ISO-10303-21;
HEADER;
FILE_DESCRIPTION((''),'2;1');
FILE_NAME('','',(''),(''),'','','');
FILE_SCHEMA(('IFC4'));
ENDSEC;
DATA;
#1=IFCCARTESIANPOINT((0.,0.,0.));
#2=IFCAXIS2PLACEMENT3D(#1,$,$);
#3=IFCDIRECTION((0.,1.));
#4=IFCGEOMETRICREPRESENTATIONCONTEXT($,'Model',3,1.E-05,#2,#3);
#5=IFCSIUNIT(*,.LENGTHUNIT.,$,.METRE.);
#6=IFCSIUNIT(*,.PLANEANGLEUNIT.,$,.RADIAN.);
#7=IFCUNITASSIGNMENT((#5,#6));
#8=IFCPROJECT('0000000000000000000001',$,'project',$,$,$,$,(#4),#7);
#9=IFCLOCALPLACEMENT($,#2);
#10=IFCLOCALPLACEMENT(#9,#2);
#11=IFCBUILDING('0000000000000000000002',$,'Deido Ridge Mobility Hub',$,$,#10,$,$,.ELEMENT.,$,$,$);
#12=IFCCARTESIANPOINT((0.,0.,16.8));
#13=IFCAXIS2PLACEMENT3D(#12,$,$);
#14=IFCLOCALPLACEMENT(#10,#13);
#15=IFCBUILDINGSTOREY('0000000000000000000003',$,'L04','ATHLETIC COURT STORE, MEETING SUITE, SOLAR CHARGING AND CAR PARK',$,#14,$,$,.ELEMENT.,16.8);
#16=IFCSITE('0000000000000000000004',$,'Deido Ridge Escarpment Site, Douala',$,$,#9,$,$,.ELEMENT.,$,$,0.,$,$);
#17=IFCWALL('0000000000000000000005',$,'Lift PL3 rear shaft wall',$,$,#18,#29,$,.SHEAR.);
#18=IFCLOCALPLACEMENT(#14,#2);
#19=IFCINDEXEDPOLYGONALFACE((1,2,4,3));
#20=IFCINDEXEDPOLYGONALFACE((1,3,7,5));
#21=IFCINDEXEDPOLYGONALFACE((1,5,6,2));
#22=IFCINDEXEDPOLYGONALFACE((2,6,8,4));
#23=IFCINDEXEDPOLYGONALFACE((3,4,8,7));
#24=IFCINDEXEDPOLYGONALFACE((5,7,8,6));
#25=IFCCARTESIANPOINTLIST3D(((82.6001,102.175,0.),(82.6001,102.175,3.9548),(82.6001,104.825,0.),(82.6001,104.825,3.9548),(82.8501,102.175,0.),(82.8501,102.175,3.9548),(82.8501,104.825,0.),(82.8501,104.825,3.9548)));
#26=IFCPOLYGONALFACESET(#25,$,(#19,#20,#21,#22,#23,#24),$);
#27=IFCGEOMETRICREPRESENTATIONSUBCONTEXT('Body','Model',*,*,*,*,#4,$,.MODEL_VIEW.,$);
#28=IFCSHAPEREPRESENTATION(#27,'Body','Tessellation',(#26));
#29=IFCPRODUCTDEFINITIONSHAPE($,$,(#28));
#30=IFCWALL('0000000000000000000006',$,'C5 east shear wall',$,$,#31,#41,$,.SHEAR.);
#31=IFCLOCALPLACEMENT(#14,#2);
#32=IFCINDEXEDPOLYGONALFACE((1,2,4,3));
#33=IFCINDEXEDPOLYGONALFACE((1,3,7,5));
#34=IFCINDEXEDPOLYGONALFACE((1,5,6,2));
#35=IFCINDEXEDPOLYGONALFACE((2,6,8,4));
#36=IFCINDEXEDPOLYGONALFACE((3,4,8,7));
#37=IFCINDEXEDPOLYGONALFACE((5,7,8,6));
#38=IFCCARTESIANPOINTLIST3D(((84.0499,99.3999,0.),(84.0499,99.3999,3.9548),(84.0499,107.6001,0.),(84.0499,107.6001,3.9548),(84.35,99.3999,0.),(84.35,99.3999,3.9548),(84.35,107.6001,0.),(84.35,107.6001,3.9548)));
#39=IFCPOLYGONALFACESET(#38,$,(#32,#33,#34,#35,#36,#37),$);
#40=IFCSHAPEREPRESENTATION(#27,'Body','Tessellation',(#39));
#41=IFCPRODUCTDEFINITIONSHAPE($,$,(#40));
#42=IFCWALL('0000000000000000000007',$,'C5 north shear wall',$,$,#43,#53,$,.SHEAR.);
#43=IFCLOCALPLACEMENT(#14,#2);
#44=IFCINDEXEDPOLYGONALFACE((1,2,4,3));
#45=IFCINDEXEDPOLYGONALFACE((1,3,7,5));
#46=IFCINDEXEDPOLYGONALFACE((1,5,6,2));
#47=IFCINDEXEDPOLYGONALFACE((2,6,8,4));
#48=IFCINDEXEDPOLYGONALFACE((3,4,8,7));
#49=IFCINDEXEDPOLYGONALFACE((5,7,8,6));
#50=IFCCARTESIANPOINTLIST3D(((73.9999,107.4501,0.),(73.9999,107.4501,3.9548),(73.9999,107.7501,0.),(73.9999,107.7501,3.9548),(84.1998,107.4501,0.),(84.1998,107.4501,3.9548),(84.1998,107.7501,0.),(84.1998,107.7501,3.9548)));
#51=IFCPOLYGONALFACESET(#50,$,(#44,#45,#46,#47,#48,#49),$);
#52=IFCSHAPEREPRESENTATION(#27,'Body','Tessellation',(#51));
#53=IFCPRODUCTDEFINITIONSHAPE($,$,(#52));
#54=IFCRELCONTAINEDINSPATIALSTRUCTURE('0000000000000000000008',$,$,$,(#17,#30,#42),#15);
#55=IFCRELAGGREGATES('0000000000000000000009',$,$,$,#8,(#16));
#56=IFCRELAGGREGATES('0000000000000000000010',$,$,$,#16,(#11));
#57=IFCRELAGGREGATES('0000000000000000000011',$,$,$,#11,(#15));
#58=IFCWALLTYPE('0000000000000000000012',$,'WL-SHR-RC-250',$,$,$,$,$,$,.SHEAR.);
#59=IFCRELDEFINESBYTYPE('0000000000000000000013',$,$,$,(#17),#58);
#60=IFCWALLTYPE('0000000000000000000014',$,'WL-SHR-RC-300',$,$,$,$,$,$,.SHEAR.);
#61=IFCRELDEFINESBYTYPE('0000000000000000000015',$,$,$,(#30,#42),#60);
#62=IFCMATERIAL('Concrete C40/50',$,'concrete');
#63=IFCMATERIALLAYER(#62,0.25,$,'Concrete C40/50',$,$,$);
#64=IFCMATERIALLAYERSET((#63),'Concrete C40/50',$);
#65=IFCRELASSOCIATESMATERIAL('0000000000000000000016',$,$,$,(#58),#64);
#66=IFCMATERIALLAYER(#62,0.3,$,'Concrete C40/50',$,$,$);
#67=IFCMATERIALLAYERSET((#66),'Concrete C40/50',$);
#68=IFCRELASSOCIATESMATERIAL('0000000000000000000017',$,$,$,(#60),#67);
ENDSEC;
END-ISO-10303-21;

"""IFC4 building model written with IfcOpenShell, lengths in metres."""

from ifc_helpers import new_model, si_unit, direction, frame, frame_2d, origin, place, context, subcontext, project, spatial, rectangle, extrude, material, layer, layer_set, type_object, element, save


model = new_model("IFC4")

# Units and contexts
model_context = context("Model", 3, precision=1e-05, world=origin(), true_north=direction((0.0, 1.0)))
body_context = subcontext(model_context, "Body", "Model", "MODEL_VIEW")
ifc_project = project(units=[si_unit("LENGTHUNIT", "METRE"), si_unit("PLANEANGLEUNIT", "RADIAN")], contexts=[model_context])

# Site, building, storey
site_placement = place(None, origin())
site = spatial("IfcSite", under=ifc_project, at=site_placement, Name="Deido Ridge Escarpment Site, Douala", CompositionType="ELEMENT", RefElevation=0.0)
building_placement = place(site_placement, origin())
building = spatial("IfcBuilding", under=site, at=building_placement, Name="Deido Ridge Mobility Hub", CompositionType="ELEMENT")
storey_placement = place(building_placement, frame((0.0, 0.0, 16.8)))
storey = spatial("IfcBuildingStorey", under=building, at=storey_placement, Name="L04", Description="ATHLETIC COURT STORE, MEETING SUITE, SOLAR CHARGING AND CAR PARK", CompositionType="ELEMENT", Elevation=16.8)

# Shared definitions
ifc_material_1 = material(Name="Concrete C40/50", Category="concrete")
ifc_layer_1 = layer(ifc_material_1, 0.25, Name="Concrete C40/50")
ifc_layer_set_1 = layer_set([ifc_layer_1], Name="Concrete C40/50")
wall_type_1 = type_object("IfcWallType", Name="WL-SHR-RC-250", PredefinedType="SHEAR", material=ifc_layer_set_1)

# Wall
wall_1_placement = place(storey_placement, frame((82.7251, 102.175, 0.0), z_axis=(0.0, 0.0, 1.0), x_axis=(0.0, 1.0, 0.0)))
element("IfcWall", 1, at=wall_1_placement, inside=storey, type_object=wall_type_1, Name="Lift PL3 rear shaft wall", PredefinedType="SHEAR", context=body_context, shape_type="SweptSolid", body=[
    extrude(rectangle(XDim=2.6499, YDim=0.25, at=frame_2d((1.325, 0.0))), origin(), (0.0, 0.0, 1.0), 3.9548),
])

# Walls
ifc_layer_2 = layer(ifc_material_1, 0.3, Name="Concrete C40/50")
ifc_layer_set_2 = layer_set([ifc_layer_2], Name="Concrete C40/50")
wall_type_2 = type_object("IfcWallType", Name="WL-SHR-RC-300", PredefinedType="SHEAR", material=ifc_layer_set_2)
wall_2_placement = place(storey_placement, frame((84.2, 99.3999, 0.0), z_axis=(0.0, 0.0, 1.0), x_axis=(0.0, 1.0, 0.0)))
element("IfcWall", 2, at=wall_2_placement, inside=storey, type_object=wall_type_2, Name="C5 east shear wall", PredefinedType="SHEAR", context=body_context, shape_type="SweptSolid", body=[
    extrude(rectangle(XDim=8.2002, YDim=0.3, at=frame_2d((4.1001, 0.0))), origin(), (0.0, 0.0, 1.0), 3.9548),
])
wall_3_placement = place(storey_placement, frame((84.2, 107.6001, 0.0), z_axis=(0.0, 0.0, 1.0), x_axis=(-1.0, 0.0, 0.0)))
element("IfcWall", 3, at=wall_3_placement, inside=storey, type_object=wall_type_2, Name="C5 north shear wall", PredefinedType="SHEAR", context=body_context, shape_type="SweptSolid", body=[
    extrude(rectangle(XDim=10.2, YDim=0.3, at=frame_2d((5.1001, 0.0))), origin(), (0.0, 0.0, 1.0), 3.9548),
])

save(model, "model.ifc")
